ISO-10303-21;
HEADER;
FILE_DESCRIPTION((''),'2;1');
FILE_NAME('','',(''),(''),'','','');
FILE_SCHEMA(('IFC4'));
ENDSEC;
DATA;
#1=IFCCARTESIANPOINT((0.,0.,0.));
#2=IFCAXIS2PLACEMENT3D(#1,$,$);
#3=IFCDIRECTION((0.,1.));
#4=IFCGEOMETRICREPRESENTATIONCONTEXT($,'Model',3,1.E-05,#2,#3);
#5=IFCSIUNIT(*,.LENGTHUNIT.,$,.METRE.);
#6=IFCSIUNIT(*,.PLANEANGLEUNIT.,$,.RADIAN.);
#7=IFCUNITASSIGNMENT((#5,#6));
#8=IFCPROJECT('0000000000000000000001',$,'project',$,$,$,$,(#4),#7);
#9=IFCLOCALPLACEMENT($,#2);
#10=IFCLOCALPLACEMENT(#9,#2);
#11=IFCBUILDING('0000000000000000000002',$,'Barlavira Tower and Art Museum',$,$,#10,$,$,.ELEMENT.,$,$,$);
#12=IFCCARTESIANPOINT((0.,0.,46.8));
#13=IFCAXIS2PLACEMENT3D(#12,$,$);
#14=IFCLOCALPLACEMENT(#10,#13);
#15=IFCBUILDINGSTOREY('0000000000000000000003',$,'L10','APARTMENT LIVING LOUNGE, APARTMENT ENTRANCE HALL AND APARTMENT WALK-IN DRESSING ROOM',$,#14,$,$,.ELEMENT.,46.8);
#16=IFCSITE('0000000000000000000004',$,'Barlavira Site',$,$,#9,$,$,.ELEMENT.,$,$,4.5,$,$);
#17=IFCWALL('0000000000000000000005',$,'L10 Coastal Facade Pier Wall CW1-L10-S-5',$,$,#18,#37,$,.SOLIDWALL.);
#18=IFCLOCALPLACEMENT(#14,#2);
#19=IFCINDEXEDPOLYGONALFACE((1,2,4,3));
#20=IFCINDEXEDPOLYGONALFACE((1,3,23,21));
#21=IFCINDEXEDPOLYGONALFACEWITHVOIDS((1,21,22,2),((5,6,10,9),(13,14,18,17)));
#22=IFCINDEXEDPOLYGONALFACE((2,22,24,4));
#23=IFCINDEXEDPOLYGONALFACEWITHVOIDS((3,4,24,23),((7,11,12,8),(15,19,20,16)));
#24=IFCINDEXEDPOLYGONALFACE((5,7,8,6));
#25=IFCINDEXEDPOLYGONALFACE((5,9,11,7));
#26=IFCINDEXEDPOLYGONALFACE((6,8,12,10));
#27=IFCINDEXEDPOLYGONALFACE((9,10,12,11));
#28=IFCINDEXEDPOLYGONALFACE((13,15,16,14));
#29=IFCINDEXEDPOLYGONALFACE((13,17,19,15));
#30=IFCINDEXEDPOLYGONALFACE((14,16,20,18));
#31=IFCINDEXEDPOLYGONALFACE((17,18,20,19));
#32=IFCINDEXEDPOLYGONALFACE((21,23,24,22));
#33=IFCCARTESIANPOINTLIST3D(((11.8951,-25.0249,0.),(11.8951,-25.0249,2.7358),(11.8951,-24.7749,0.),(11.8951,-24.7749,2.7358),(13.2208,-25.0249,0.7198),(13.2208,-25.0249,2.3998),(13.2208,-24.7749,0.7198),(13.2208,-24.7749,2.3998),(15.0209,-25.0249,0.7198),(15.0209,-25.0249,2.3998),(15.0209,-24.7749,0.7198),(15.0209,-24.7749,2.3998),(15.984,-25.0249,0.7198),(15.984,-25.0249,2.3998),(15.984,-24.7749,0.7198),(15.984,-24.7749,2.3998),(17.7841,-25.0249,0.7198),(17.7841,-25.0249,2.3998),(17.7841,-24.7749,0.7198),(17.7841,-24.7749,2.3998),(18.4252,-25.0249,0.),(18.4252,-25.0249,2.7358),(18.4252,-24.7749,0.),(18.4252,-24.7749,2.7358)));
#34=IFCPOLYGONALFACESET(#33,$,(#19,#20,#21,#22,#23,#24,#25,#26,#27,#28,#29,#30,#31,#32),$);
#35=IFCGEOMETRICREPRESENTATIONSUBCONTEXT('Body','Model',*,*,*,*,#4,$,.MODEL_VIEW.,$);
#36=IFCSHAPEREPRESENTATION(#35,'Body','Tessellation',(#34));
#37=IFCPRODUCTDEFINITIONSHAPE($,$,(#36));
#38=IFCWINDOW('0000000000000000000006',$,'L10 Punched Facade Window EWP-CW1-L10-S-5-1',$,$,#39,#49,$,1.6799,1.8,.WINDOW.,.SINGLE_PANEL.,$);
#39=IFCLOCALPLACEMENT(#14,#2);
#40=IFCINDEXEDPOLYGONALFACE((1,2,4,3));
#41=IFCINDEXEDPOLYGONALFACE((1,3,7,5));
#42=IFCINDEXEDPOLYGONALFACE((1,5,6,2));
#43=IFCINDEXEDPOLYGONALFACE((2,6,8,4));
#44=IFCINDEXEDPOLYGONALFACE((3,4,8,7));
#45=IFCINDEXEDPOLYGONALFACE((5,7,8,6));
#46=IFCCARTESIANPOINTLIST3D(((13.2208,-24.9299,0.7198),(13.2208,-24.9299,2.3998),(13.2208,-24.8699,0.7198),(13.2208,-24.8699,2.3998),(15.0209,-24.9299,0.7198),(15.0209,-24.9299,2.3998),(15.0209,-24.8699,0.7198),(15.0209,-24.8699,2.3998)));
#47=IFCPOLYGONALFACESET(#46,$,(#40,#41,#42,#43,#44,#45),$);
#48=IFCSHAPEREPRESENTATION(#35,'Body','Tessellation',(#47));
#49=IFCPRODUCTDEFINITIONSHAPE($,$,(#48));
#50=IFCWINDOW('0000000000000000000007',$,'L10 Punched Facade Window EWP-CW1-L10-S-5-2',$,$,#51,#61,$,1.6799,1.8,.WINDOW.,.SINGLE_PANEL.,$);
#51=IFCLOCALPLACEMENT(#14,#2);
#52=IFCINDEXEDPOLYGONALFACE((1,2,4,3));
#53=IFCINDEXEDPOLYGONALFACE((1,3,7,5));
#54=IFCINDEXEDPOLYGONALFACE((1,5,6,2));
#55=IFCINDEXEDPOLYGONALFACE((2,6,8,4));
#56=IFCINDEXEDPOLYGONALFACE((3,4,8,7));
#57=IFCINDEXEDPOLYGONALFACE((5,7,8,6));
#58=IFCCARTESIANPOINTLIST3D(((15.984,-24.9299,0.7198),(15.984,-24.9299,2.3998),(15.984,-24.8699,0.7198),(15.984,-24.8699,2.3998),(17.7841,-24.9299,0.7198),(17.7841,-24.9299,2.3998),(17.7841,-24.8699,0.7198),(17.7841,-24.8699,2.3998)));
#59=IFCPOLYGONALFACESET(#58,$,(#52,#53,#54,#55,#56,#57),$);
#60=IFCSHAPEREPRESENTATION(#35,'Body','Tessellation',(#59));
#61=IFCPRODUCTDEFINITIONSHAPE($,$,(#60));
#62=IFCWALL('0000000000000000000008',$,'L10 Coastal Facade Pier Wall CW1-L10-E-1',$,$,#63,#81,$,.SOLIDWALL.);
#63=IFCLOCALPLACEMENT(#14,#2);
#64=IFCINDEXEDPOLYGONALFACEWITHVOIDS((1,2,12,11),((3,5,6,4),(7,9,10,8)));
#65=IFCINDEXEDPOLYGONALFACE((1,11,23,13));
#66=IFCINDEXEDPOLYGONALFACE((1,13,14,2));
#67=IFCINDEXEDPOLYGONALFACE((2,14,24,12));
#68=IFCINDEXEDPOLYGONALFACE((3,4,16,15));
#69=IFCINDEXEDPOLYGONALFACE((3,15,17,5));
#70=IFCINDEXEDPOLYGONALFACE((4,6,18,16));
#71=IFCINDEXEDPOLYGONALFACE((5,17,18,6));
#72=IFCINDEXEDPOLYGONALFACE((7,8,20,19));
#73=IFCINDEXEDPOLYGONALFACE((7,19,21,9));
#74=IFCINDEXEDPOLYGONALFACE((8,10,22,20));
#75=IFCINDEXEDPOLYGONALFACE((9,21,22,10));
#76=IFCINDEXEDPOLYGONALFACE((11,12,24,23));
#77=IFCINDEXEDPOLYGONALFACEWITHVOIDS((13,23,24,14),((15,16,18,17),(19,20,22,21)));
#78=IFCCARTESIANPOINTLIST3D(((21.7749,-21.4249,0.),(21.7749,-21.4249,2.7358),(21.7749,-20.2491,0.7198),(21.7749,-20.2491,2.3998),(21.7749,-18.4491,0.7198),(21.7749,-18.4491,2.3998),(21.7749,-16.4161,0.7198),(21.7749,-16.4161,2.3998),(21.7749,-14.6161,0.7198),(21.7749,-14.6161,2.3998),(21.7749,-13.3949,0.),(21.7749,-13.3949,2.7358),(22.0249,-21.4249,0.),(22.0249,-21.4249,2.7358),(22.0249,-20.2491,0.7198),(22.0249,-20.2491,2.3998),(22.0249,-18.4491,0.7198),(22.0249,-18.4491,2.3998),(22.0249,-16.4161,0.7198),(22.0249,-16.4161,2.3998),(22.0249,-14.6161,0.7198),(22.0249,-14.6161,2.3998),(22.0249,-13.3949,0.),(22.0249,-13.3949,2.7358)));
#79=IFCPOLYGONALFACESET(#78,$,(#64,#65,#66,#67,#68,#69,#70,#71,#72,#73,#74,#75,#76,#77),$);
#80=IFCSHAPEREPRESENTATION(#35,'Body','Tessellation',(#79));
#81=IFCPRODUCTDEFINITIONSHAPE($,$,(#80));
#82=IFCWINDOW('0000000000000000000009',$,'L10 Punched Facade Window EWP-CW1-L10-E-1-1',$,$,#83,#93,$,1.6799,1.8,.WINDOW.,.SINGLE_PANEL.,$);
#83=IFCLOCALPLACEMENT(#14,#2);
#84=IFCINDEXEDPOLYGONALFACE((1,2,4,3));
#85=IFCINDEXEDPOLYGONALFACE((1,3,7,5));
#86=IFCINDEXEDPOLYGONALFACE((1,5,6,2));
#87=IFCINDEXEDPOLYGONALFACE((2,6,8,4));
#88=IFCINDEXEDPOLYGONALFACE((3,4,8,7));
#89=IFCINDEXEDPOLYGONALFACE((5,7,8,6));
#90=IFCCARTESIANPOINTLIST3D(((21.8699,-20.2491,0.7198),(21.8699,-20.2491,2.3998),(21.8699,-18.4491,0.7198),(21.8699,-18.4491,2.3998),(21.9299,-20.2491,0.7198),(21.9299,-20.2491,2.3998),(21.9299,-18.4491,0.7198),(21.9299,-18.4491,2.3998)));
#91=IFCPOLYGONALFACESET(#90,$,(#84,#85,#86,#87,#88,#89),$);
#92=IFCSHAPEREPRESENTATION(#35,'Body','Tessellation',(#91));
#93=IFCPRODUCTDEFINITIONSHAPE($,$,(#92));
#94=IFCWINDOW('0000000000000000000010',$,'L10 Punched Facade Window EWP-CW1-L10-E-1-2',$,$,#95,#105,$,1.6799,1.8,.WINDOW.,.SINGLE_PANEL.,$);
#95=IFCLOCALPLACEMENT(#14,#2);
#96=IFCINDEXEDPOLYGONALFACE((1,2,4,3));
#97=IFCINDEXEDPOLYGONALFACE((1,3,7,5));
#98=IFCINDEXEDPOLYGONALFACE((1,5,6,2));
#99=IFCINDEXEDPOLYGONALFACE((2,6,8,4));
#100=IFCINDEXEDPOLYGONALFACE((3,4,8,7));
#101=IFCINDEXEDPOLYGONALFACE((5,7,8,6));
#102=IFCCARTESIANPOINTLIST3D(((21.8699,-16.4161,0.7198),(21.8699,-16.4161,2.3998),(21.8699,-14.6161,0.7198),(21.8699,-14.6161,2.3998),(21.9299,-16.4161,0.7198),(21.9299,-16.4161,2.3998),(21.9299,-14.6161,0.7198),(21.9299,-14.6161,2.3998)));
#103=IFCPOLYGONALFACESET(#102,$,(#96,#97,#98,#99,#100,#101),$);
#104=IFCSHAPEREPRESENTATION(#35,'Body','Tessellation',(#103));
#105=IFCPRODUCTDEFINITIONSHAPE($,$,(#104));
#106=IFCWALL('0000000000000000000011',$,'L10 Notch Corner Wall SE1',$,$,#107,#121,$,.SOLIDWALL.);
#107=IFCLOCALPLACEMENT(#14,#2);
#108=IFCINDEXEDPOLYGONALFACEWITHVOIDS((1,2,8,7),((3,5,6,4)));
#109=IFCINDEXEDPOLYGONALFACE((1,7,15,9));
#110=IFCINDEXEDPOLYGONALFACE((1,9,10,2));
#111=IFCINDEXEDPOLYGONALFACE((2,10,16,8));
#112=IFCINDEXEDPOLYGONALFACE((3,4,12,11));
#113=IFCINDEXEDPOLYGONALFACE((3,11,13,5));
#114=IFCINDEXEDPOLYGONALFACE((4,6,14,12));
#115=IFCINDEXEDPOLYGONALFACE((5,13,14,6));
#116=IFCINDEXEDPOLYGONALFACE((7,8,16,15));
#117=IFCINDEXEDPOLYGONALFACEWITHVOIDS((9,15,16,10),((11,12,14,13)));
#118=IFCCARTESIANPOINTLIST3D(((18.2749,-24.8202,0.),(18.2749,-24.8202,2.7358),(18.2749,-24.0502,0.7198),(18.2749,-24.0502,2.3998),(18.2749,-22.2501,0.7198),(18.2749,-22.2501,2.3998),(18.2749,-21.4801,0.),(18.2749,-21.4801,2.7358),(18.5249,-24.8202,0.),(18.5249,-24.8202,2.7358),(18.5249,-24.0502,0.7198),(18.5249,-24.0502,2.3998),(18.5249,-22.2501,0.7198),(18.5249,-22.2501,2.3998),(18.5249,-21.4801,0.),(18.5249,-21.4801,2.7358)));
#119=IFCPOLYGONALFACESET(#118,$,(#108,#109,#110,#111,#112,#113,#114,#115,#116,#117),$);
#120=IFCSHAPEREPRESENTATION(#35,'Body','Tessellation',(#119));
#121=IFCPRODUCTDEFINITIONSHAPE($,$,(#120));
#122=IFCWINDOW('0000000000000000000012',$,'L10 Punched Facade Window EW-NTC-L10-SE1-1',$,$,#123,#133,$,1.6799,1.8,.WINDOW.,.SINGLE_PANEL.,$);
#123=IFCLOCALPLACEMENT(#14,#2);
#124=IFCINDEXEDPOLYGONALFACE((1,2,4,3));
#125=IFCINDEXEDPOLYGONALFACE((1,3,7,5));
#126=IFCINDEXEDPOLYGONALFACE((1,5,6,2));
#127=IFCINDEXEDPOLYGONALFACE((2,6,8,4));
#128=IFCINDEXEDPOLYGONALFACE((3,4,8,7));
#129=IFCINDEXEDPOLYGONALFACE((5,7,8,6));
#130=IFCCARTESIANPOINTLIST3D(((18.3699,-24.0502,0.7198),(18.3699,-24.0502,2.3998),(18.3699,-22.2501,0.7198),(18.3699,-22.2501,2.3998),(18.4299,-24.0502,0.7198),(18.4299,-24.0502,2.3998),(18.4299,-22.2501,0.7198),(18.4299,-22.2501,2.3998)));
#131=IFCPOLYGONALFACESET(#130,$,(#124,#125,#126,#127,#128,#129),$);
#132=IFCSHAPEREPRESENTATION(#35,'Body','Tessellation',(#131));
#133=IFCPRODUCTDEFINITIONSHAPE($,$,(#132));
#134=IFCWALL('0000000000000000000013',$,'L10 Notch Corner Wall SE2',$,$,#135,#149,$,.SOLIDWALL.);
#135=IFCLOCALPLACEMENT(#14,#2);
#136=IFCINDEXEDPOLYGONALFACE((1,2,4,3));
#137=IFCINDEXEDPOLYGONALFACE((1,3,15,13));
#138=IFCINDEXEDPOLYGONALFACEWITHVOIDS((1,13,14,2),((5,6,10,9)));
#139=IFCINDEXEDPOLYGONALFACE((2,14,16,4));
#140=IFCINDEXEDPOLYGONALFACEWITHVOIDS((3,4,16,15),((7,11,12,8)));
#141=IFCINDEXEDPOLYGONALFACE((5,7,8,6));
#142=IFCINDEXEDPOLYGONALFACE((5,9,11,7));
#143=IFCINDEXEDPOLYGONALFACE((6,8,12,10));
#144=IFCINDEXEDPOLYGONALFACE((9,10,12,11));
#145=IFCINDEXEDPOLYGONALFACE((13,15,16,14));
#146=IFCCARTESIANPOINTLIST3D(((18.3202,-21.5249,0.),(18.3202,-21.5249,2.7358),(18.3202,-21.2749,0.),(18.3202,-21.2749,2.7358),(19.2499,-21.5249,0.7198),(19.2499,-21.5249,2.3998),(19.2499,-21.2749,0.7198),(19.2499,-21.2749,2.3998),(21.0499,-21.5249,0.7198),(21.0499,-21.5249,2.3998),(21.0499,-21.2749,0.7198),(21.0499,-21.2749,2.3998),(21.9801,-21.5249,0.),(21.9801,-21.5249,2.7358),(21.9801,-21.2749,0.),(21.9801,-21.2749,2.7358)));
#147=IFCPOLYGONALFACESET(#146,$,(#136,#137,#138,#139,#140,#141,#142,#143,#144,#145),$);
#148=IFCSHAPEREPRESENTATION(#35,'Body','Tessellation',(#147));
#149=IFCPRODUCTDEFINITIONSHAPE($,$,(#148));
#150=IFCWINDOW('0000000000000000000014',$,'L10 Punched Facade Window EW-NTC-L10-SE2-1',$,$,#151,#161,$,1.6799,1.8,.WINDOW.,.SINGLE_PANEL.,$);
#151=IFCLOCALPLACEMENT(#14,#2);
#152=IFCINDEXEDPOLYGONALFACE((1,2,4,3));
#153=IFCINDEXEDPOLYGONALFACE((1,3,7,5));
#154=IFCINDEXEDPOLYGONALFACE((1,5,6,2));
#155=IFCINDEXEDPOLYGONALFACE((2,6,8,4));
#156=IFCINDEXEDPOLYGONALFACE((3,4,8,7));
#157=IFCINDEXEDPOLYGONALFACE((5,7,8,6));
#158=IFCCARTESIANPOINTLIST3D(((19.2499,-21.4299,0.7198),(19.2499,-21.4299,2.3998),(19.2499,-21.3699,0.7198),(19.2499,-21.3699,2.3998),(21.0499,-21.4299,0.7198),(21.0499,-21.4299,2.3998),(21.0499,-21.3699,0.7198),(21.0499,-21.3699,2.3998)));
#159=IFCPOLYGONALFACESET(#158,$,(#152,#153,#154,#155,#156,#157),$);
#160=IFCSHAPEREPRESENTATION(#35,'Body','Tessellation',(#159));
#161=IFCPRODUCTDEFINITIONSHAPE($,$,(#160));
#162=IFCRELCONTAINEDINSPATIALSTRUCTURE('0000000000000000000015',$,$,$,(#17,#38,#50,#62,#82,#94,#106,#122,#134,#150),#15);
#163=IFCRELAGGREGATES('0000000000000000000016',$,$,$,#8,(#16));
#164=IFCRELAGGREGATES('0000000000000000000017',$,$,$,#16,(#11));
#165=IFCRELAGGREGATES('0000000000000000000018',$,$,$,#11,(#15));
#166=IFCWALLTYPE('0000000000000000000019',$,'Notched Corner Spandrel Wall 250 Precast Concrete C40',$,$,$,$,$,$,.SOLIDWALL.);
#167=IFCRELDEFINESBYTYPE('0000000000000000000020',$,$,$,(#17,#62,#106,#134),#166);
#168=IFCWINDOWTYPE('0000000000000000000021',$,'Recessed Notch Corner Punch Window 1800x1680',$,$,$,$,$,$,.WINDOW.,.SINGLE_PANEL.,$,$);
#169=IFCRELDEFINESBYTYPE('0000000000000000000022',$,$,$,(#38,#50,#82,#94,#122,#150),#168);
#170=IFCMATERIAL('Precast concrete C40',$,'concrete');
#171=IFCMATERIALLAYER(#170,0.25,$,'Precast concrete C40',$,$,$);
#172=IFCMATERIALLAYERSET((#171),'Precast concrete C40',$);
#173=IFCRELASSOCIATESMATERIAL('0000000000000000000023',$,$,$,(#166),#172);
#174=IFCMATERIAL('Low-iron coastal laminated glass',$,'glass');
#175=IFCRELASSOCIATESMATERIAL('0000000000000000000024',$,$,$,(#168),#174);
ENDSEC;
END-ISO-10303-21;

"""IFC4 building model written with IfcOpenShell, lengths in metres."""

from ifc_helpers import new_model, si_unit, direction, frame, frame_2d, origin, place, context, subcontext, project, spatial, rectangle, extrude, material, layer, layer_set, type_object, element, fill, save


model = new_model("IFC4")

# Units and contexts
model_context = context("Model", 3, precision=1e-05, world=origin(), true_north=direction((0.0, 1.0)))
body_context = subcontext(model_context, "Body", "Model", "MODEL_VIEW")
ifc_project = project(units=[si_unit("LENGTHUNIT", "METRE"), si_unit("PLANEANGLEUNIT", "RADIAN")], contexts=[model_context])

# Site, building, storey
site_placement = place(None, origin())
site = spatial("IfcSite", under=ifc_project, at=site_placement, Name="Barlavira Site", CompositionType="ELEMENT", RefElevation=4.5)
building_placement = place(site_placement, origin())
building = spatial("IfcBuilding", under=site, at=building_placement, Name="Barlavira Tower and Art Museum", CompositionType="ELEMENT")
storey_placement = place(building_placement, frame((0.0, 0.0, 46.8)))
storey = spatial("IfcBuildingStorey", under=building, at=storey_placement, Name="L10", Description="APARTMENT LIVING LOUNGE, APARTMENT ENTRANCE HALL AND APARTMENT WALK-IN DRESSING ROOM", CompositionType="ELEMENT", Elevation=46.8)

# Walls, openings, windows
ifc_material_1 = material(Name="Precast concrete C40", Category="concrete")
ifc_layer_1 = layer(ifc_material_1, 0.25, Name="Precast concrete C40")
ifc_layer_set_1 = layer_set([ifc_layer_1], Name="Precast concrete C40")
wall_type_1 = type_object("IfcWallType", Name="Notched Corner Spandrel Wall 250 Precast Concrete C40", PredefinedType="SOLIDWALL", material=ifc_layer_set_1)
wall_1_placement = place(storey_placement, frame((11.895, -24.8999, 0.0), z_axis=(0.0, 0.0, 1.0), x_axis=(1.0, 0.0, 0.0)))
wall_1 = element("IfcWall", 1, at=wall_1_placement, inside=storey, type_object=wall_type_1, Name="L10 Coastal Facade Pier Wall CW1-L10-S-5", PredefinedType="SOLIDWALL", context=body_context, shape_type="SweptSolid", body=[
    extrude(rectangle(XDim=6.53, YDim=0.25, at=frame_2d((3.2651, 0.0))), origin(), (0.0, 0.0, 1.0), 2.7358),
])
opening_1_placement = place(wall_1_placement, frame((1.3259, 0.0, 0.72)))
opening_1 = element("IfcOpeningElement", 2, at=opening_1_placement, cuts=wall_1, PredefinedType="OPENING", context=body_context, shape_type="SweptSolid", body=[
    extrude(rectangle(XDim=1.8, YDim=1.6799, at=frame_2d((0.8999, 0.8398))), frame((0.0, 0.135, 0.0), z_axis=(0.0, -1.0, 0.0), x_axis=(1.0, 0.0, 0.0)), (0.0, 0.0, 1.0), 0.27),
])
opening_2_placement = place(wall_1_placement, frame((4.0891, 0.0, 0.72)))
opening_2 = element("IfcOpeningElement", 3, at=opening_2_placement, cuts=wall_1, PredefinedType="OPENING", context=body_context, shape_type="SweptSolid", body=[
    extrude(rectangle(XDim=1.8, YDim=1.6799, at=frame_2d((0.8999, 0.8398))), frame((0.0, 0.135, 0.0), z_axis=(0.0, -1.0, 0.0), x_axis=(1.0, 0.0, 0.0)), (0.0, 0.0, 1.0), 0.27),
])
ifc_material_2 = material(Name="Low-iron coastal laminated glass", Category="glass")
window_type = type_object("IfcWindowType", Name="Recessed Notch Corner Punch Window 1800x1680", PartitioningType="SINGLE_PANEL", PredefinedType="WINDOW", material=ifc_material_2)
window_1_placement = place(opening_1_placement, origin())
window_1 = element("IfcWindow", 4, at=window_1_placement, inside=storey, type_object=window_type, Name="L10 Punched Facade Window EWP-CW1-L10-S-5-1", OverallHeight=1.6799, OverallWidth=1.8, PartitioningType="SINGLE_PANEL", PredefinedType="WINDOW", context=body_context, shape_type="SweptSolid", body=[
    extrude(rectangle(XDim=1.8, YDim=1.6799, at=frame_2d((0.8999, 0.8398))), frame((0.0, 0.03, 0.0), z_axis=(0.0, -1.0, 0.0), x_axis=(1.0, 0.0, 0.0)), (0.0, 0.0, 1.0), 0.0601),
])
fill(opening_1, window_1)
window_2_placement = place(opening_2_placement, origin())
window_2 = element("IfcWindow", 5, at=window_2_placement, inside=storey, type_object=window_type, Name="L10 Punched Facade Window EWP-CW1-L10-S-5-2", OverallHeight=1.6799, OverallWidth=1.8, PartitioningType="SINGLE_PANEL", PredefinedType="WINDOW", context=body_context, shape_type="SweptSolid", body=[
    extrude(rectangle(XDim=1.8, YDim=1.6799, at=frame_2d((0.8999, 0.8398))), frame((0.0, 0.03, 0.0), z_axis=(0.0, -1.0, 0.0), x_axis=(1.0, 0.0, 0.0)), (0.0, 0.0, 1.0), 0.0601),
])
fill(opening_2, window_2)
wall_2_placement = place(storey_placement, frame((21.8999, -21.425, 0.0), z_axis=(0.0, 0.0, 1.0), x_axis=(0.0, 1.0, 0.0)))
wall_2 = element("IfcWall", 6, at=wall_2_placement, inside=storey, type_object=wall_type_1, Name="L10 Coastal Facade Pier Wall CW1-L10-E-1", PredefinedType="SOLIDWALL", context=body_context, shape_type="SweptSolid", body=[
    extrude(rectangle(XDim=8.03, YDim=0.25, at=frame_2d((4.0151, 0.0))), origin(), (0.0, 0.0, 1.0), 2.7358),
])
opening_3_placement = place(wall_2_placement, frame((1.176, 0.0, 0.72)))
opening_3 = element("IfcOpeningElement", 7, at=opening_3_placement, cuts=wall_2, PredefinedType="OPENING", context=body_context, shape_type="SweptSolid", body=[
    extrude(rectangle(XDim=1.8, YDim=1.6799, at=frame_2d((0.8999, 0.8398))), frame((0.0, 0.135, 0.0), z_axis=(0.0, -1.0, 0.0), x_axis=(1.0, 0.0, 0.0)), (0.0, 0.0, 1.0), 0.27),
])
opening_4_placement = place(wall_2_placement, frame((5.009, 0.0, 0.72)))
opening_4 = element("IfcOpeningElement", 8, at=opening_4_placement, cuts=wall_2, PredefinedType="OPENING", context=body_context, shape_type="SweptSolid", body=[
    extrude(rectangle(XDim=1.8, YDim=1.6799, at=frame_2d((0.8999, 0.8398))), frame((0.0, 0.135, 0.0), z_axis=(0.0, -1.0, 0.0), x_axis=(1.0, 0.0, 0.0)), (0.0, 0.0, 1.0), 0.27),
])
window_3_placement = place(opening_3_placement, origin())
window_3 = element("IfcWindow", 9, at=window_3_placement, inside=storey, type_object=window_type, Name="L10 Punched Facade Window EWP-CW1-L10-E-1-1", OverallHeight=1.6799, OverallWidth=1.8, PartitioningType="SINGLE_PANEL", PredefinedType="WINDOW", context=body_context, shape_type="SweptSolid", body=[
    extrude(rectangle(XDim=1.8, YDim=1.6799, at=frame_2d((0.8999, 0.8398))), frame((0.0, 0.03, 0.0), z_axis=(0.0, -1.0, 0.0), x_axis=(1.0, 0.0, 0.0)), (0.0, 0.0, 1.0), 0.0601),
])
fill(opening_3, window_3)
window_4_placement = place(opening_4_placement, origin())
window_4 = element("IfcWindow", 10, at=window_4_placement, inside=storey, type_object=window_type, Name="L10 Punched Facade Window EWP-CW1-L10-E-1-2", OverallHeight=1.6799, OverallWidth=1.8, PartitioningType="SINGLE_PANEL", PredefinedType="WINDOW", context=body_context, shape_type="SweptSolid", body=[
    extrude(rectangle(XDim=1.8, YDim=1.6799, at=frame_2d((0.8999, 0.8398))), frame((0.0, 0.03, 0.0), z_axis=(0.0, -1.0, 0.0), x_axis=(1.0, 0.0, 0.0)), (0.0, 0.0, 1.0), 0.0601),
])
fill(opening_4, window_4)

# Walls, openings, windows
wall_3_placement = place(storey_placement, frame((18.3999, -24.8201, 0.0), z_axis=(0.0, 0.0, 1.0), x_axis=(0.0, 1.0, 0.0)))
wall_3 = element("IfcWall", 11, at=wall_3_placement, inside=storey, type_object=wall_type_1, Name="L10 Notch Corner Wall SE1", PredefinedType="SOLIDWALL", context=body_context, shape_type="SweptSolid", body=[
    extrude(rectangle(XDim=3.3401, YDim=0.25, at=frame_2d((1.6699, 0.0))), origin(), (0.0, 0.0, 1.0), 2.7358),
])
opening_5_placement = place(wall_3_placement, frame((0.77, 0.0, 0.72)))
opening_5 = element("IfcOpeningElement", 12, at=opening_5_placement, cuts=wall_3, PredefinedType="OPENING", context=body_context, shape_type="SweptSolid", body=[
    extrude(rectangle(XDim=1.8, YDim=1.6799, at=frame_2d((0.8999, 0.8398))), frame((0.0, 0.135, 0.0), z_axis=(0.0, -1.0, 0.0), x_axis=(1.0, 0.0, 0.0)), (0.0, 0.0, 1.0), 0.27),
])
window_5_placement = place(opening_5_placement, origin())
window_5 = element("IfcWindow", 13, at=window_5_placement, inside=storey, type_object=window_type, Name="L10 Punched Facade Window EW-NTC-L10-SE1-1", OverallHeight=1.6799, OverallWidth=1.8, PartitioningType="SINGLE_PANEL", PredefinedType="WINDOW", context=body_context, shape_type="SweptSolid", body=[
    extrude(rectangle(XDim=1.8, YDim=1.6799, at=frame_2d((0.8999, 0.8398))), frame((0.0, 0.03, 0.0), z_axis=(0.0, -1.0, 0.0), x_axis=(1.0, 0.0, 0.0)), (0.0, 0.0, 1.0), 0.0601),
])
fill(opening_5, window_5)
wall_4_placement = place(storey_placement, frame((18.3201, -21.3999, 0.0), z_axis=(0.0, 0.0, 1.0), x_axis=(1.0, 0.0, 0.0)))
wall_4 = element("IfcWall", 14, at=wall_4_placement, inside=storey, type_object=wall_type_1, Name="L10 Notch Corner Wall SE2", PredefinedType="SOLIDWALL", context=body_context, shape_type="SweptSolid", body=[
    extrude(rectangle(XDim=3.6599, YDim=0.25, at=frame_2d((1.8301, 0.0))), origin(), (0.0, 0.0, 1.0), 2.7358),
])
opening_6_placement = place(wall_4_placement, frame((0.9299, 0.0, 0.72)))
opening_6 = element("IfcOpeningElement", 15, at=opening_6_placement, cuts=wall_4, PredefinedType="OPENING", context=body_context, shape_type="SweptSolid", body=[
    extrude(rectangle(XDim=1.8, YDim=1.6799, at=frame_2d((0.8999, 0.8398))), frame((0.0, 0.135, 0.0), z_axis=(0.0, -1.0, 0.0), x_axis=(1.0, 0.0, 0.0)), (0.0, 0.0, 1.0), 0.27),
])
window_6_placement = place(opening_6_placement, origin())
window_6 = element("IfcWindow", 16, at=window_6_placement, inside=storey, type_object=window_type, Name="L10 Punched Facade Window EW-NTC-L10-SE2-1", OverallHeight=1.6799, OverallWidth=1.8, PartitioningType="SINGLE_PANEL", PredefinedType="WINDOW", context=body_context, shape_type="SweptSolid", body=[
    extrude(rectangle(XDim=1.8, YDim=1.6799, at=frame_2d((0.8999, 0.8398))), frame((0.0, 0.03, 0.0), z_axis=(0.0, -1.0, 0.0), x_axis=(1.0, 0.0, 0.0)), (0.0, 0.0, 1.0), 0.0601),
])
fill(opening_6, window_6)

save(model, "model.ifc")
